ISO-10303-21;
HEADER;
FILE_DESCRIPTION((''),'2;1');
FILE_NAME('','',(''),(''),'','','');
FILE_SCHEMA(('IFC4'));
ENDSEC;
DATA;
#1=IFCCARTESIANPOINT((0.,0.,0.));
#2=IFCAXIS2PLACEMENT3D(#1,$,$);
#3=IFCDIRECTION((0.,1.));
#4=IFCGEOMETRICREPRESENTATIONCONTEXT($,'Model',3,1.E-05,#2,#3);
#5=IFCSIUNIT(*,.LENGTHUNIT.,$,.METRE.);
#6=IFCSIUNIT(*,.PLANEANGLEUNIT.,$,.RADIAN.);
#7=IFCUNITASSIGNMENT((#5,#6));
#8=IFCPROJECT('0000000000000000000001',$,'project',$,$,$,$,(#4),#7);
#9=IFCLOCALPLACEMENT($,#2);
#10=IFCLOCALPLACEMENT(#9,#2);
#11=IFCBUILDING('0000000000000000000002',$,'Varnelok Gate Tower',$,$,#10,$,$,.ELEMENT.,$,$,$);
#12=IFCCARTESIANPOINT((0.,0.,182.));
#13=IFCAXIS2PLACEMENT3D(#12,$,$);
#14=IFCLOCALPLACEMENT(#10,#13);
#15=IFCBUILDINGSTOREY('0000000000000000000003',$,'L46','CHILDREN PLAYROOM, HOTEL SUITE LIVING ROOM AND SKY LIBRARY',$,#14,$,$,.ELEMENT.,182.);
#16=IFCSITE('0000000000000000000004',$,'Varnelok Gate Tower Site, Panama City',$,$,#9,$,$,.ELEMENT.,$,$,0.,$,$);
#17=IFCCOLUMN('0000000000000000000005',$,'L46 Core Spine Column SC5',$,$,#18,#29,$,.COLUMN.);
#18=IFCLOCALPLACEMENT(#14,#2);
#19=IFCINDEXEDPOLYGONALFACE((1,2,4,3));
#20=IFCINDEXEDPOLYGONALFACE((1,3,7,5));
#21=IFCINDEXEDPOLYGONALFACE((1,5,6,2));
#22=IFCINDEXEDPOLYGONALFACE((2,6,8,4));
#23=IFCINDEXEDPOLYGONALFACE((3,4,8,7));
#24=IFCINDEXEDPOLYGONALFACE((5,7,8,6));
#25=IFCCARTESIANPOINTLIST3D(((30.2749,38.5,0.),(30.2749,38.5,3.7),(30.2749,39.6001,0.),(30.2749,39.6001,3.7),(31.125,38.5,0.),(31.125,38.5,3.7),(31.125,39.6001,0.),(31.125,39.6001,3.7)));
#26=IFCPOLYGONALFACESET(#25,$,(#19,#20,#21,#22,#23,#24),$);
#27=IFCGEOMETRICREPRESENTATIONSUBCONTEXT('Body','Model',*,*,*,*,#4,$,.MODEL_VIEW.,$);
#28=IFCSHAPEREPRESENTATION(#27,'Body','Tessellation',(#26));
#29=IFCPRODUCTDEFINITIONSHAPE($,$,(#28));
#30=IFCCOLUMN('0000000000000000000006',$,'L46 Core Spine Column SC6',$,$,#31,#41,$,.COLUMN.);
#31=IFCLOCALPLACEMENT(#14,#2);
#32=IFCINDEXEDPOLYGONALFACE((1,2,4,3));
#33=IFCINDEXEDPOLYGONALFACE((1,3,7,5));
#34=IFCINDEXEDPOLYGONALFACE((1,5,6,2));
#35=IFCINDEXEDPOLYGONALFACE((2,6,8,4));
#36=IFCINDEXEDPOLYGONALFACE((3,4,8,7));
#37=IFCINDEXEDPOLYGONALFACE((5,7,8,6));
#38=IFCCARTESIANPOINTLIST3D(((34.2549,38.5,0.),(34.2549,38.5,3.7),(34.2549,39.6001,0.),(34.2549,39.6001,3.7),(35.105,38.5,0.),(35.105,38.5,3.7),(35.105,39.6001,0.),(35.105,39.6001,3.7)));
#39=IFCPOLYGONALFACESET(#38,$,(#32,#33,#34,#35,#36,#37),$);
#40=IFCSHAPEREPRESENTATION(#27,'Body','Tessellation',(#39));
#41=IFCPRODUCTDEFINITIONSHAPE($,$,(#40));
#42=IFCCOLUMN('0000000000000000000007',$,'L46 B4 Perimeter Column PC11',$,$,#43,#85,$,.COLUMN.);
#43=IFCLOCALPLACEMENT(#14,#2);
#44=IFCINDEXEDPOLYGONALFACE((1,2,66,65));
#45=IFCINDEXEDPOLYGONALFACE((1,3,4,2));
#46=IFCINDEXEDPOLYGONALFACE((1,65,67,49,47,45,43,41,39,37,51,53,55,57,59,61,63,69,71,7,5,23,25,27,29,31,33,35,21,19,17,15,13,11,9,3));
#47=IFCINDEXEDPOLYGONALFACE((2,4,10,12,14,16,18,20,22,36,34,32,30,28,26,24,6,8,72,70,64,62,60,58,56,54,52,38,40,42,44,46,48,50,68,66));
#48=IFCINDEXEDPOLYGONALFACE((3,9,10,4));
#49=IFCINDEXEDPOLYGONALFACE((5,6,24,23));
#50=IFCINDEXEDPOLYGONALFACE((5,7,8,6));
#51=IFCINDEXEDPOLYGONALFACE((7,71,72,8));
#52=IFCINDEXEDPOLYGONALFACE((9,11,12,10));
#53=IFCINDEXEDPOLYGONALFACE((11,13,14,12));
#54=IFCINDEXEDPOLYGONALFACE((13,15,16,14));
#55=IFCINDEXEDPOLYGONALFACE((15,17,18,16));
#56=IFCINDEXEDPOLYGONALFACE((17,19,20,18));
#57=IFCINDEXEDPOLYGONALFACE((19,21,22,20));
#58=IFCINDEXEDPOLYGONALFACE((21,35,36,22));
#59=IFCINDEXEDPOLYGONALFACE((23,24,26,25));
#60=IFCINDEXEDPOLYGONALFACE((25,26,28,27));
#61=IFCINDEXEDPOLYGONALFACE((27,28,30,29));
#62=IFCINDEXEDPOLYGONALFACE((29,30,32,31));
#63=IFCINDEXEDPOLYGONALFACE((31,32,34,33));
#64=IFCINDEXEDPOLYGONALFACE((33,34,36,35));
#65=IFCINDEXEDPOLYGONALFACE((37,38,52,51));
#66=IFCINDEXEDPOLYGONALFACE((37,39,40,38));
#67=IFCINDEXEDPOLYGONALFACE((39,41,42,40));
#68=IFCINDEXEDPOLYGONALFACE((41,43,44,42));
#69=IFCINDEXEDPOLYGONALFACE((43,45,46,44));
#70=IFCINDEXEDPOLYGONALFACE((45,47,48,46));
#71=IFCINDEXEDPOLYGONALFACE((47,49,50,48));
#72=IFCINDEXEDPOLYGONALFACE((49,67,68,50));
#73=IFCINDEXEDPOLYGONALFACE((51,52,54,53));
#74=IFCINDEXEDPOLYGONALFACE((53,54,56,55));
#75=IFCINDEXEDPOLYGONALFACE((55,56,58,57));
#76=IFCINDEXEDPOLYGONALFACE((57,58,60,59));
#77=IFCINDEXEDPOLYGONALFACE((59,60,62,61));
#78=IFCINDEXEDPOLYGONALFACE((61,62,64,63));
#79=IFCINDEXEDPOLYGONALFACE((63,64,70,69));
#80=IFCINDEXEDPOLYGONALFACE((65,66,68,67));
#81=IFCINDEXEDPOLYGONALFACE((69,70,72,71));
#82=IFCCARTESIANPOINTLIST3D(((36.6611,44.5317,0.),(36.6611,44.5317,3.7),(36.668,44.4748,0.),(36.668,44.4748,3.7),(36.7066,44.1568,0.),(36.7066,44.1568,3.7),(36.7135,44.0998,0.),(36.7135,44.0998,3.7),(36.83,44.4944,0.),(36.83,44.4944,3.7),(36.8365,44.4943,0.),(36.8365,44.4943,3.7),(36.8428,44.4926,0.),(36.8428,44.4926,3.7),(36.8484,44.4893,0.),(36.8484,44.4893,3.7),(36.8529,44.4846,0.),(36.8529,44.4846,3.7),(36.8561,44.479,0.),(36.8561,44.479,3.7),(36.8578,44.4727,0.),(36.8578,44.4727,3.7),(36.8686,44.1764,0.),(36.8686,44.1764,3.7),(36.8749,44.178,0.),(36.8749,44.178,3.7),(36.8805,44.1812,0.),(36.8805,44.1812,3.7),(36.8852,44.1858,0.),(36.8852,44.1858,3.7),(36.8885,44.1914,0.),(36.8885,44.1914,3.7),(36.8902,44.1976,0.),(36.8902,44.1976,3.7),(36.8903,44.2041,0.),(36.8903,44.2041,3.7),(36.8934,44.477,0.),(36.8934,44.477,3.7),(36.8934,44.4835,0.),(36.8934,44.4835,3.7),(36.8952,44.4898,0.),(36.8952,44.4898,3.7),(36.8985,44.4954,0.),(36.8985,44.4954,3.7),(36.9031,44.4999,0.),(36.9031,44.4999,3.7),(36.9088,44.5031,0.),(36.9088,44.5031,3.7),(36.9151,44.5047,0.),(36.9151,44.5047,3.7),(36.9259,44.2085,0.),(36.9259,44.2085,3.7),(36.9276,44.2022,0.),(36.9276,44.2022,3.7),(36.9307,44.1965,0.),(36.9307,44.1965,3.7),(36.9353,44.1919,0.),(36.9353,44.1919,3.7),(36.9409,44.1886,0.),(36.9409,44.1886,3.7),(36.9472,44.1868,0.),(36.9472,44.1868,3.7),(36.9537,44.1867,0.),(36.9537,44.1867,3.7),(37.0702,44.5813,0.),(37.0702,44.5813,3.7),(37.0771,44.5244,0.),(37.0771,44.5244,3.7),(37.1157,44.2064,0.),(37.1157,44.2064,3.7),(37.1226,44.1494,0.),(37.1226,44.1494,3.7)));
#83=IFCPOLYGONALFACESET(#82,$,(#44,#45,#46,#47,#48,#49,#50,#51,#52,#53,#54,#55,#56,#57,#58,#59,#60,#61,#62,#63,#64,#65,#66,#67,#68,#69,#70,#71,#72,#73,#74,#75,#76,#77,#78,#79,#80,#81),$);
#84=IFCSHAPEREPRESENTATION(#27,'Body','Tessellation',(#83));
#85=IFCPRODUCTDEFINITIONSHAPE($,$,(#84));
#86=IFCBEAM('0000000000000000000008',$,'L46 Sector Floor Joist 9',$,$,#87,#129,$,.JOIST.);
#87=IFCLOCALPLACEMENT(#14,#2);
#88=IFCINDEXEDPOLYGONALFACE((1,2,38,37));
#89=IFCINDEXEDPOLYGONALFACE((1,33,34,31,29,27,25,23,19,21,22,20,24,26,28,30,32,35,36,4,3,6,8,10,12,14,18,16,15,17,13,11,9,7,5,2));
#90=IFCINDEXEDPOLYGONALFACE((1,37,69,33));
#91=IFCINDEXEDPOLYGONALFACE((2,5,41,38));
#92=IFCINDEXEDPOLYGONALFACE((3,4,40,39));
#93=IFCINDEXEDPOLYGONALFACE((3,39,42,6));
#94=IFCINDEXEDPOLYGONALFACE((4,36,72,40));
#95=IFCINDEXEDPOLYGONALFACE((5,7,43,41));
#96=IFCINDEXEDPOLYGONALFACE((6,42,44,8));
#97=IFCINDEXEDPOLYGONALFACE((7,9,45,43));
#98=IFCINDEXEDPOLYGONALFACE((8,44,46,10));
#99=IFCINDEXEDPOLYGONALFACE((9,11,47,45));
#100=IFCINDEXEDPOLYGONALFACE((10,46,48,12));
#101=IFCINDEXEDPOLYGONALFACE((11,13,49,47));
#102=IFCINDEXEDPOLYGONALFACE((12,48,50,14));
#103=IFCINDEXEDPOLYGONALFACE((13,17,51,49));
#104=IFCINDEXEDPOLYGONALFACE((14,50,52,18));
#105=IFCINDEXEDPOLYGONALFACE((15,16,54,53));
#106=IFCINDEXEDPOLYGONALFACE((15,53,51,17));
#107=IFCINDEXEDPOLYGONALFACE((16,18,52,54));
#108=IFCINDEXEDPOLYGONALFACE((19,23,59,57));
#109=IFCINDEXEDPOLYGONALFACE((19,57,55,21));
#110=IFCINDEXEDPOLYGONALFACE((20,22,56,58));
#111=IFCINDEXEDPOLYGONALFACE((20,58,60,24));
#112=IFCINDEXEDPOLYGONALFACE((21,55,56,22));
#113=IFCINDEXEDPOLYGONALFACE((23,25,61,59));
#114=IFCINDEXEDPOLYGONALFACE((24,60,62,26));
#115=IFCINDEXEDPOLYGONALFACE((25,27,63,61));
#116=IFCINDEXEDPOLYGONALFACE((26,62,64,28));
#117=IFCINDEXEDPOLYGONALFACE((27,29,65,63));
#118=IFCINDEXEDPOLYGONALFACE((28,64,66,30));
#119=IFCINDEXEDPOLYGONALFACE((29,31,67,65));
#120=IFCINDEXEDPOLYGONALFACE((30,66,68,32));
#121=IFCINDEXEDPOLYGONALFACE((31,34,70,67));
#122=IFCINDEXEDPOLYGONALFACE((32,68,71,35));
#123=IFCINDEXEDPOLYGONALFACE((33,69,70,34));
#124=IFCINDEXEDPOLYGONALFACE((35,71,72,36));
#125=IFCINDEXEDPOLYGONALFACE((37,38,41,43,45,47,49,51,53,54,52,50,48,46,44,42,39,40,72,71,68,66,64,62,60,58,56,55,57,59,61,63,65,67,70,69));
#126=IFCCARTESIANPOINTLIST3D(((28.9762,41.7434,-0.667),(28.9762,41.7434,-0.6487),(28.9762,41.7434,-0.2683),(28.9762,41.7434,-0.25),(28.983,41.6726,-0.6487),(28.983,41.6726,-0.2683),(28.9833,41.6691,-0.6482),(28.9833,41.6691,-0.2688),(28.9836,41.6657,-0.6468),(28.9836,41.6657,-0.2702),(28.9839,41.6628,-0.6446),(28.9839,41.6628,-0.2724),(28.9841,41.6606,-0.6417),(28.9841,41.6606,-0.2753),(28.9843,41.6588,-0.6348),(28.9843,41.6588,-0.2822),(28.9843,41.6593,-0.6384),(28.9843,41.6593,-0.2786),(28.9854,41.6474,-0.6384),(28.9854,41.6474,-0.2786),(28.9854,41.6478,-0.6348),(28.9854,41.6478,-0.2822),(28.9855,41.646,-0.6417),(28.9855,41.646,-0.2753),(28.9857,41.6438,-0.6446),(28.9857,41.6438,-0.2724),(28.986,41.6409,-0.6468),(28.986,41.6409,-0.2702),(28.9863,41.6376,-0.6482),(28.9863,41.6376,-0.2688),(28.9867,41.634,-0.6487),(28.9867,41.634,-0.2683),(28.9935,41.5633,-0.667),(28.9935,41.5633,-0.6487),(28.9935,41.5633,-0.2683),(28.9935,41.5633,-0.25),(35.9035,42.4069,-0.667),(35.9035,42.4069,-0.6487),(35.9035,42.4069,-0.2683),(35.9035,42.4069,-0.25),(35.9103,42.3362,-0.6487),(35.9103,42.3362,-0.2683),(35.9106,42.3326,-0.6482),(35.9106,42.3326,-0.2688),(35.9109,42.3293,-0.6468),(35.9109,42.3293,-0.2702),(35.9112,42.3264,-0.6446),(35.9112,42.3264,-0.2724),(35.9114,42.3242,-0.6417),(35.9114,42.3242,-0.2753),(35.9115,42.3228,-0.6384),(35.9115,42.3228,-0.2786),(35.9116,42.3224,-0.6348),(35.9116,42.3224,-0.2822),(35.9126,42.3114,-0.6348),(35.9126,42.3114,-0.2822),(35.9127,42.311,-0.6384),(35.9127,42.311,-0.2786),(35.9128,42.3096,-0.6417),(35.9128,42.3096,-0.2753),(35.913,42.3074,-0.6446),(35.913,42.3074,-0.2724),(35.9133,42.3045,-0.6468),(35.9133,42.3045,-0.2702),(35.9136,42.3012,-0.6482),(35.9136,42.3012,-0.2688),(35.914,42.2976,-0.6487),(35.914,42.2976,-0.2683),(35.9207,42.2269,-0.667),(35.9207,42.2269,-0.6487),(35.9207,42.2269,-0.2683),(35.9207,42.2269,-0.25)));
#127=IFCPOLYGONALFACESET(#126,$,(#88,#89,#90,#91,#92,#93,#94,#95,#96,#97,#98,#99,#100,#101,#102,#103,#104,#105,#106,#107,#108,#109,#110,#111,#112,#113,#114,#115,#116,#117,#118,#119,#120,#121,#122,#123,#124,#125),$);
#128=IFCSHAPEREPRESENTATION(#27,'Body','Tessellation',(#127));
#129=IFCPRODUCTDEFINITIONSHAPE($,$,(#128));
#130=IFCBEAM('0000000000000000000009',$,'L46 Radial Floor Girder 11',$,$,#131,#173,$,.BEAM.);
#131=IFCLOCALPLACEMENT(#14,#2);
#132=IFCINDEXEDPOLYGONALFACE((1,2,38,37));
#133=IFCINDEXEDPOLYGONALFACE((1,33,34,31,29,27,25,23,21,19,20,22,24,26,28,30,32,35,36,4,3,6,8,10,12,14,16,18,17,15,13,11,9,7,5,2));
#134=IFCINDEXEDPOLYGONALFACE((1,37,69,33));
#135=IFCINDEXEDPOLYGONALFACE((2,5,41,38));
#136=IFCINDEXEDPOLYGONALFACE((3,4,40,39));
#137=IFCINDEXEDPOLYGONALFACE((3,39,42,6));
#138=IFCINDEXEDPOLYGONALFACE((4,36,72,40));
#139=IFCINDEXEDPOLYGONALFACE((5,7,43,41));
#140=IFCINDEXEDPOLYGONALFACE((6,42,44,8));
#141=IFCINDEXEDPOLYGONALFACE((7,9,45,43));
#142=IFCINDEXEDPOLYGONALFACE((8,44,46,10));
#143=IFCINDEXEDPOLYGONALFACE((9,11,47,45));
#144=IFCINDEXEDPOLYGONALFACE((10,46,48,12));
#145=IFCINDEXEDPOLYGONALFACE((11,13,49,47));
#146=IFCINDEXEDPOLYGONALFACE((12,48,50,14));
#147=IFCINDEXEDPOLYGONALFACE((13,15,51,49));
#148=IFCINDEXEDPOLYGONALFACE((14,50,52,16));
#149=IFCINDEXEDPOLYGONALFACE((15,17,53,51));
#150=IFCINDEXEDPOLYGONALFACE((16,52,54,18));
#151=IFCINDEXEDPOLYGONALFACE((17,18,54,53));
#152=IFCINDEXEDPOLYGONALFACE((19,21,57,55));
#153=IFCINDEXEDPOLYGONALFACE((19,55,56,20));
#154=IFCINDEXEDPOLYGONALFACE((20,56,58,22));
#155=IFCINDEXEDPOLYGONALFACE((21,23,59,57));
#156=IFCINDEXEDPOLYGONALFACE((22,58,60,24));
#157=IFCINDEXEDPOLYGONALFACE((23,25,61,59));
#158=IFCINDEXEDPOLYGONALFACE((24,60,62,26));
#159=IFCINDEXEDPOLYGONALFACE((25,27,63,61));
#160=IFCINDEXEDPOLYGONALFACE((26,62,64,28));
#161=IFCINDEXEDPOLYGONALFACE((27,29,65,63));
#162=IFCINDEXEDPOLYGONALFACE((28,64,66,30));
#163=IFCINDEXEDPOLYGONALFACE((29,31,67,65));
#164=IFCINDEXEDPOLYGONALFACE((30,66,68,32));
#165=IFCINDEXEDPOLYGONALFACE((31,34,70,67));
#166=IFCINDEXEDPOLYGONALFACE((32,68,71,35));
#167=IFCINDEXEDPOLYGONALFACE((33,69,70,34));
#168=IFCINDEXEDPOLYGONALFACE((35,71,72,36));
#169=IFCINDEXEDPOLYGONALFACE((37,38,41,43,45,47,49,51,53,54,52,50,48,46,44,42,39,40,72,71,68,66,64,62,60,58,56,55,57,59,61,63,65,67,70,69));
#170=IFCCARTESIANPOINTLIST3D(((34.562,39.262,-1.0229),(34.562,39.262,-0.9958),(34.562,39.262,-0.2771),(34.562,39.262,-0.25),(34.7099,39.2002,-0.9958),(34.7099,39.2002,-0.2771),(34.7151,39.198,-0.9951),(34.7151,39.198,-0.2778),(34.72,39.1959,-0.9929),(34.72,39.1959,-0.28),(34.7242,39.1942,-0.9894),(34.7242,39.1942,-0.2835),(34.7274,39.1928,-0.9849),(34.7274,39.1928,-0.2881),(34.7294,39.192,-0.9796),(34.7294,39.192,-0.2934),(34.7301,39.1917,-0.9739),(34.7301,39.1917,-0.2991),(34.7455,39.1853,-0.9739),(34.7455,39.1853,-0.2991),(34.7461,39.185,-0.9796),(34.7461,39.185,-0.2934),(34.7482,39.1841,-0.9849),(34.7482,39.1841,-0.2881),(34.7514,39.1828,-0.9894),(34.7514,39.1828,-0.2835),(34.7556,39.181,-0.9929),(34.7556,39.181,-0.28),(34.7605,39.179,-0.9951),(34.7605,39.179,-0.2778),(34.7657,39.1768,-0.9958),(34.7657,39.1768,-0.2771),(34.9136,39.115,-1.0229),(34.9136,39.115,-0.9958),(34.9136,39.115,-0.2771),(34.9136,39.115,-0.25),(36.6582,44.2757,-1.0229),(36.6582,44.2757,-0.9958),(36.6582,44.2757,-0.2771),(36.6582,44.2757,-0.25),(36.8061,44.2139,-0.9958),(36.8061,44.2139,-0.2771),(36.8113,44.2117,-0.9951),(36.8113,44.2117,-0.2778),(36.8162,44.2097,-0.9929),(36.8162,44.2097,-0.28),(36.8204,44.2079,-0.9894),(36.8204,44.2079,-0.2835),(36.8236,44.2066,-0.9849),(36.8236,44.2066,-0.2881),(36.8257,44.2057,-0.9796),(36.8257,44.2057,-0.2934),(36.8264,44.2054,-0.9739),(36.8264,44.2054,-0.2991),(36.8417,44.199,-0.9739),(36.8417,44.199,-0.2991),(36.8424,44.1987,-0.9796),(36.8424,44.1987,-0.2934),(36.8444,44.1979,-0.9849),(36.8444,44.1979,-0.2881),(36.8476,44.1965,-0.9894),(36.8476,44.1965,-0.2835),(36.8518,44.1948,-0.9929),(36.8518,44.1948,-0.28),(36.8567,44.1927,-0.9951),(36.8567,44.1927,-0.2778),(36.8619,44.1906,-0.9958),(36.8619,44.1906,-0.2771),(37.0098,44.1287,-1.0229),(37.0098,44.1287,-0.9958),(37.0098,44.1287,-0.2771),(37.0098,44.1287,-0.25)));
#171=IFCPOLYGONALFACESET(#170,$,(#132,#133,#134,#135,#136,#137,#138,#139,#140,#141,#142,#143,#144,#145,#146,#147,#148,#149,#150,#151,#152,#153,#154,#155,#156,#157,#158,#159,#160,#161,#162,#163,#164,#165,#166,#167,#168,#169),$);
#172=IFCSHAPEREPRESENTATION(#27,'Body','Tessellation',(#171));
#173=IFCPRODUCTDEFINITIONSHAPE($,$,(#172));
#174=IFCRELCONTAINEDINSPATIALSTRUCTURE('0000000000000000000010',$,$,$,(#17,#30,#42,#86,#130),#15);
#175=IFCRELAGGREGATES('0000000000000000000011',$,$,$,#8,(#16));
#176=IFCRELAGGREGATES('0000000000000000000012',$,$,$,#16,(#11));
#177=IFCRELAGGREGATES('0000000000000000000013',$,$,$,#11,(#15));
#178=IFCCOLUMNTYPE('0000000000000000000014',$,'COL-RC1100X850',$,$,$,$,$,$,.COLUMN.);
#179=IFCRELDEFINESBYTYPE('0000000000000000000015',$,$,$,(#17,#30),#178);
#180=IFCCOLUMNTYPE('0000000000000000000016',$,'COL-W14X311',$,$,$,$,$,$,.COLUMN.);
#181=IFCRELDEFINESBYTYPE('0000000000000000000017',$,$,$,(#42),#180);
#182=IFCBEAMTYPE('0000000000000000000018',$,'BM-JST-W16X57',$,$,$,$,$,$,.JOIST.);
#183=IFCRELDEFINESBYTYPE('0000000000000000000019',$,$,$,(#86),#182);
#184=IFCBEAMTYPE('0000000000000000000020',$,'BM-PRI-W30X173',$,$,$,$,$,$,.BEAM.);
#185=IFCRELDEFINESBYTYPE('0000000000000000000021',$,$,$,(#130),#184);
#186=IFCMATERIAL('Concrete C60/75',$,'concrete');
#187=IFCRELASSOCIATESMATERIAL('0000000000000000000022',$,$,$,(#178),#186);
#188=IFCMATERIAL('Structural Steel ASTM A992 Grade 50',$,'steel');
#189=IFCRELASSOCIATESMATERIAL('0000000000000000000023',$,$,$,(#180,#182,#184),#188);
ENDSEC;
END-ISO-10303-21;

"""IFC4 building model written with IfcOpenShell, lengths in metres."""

from ifc_helpers import new_model, si_unit, direction, frame, origin, origin_2d, place, context, subcontext, project, spatial, rectangle, i_section, extrude, material, material_profile, profile_set, type_object, element, save


model = new_model("IFC4")

# Units and contexts
model_context = context("Model", 3, precision=1e-05, world=origin(), true_north=direction((0.0, 1.0)))
body_context = subcontext(model_context, "Body", "Model", "MODEL_VIEW")
ifc_project = project(units=[si_unit("LENGTHUNIT", "METRE"), si_unit("PLANEANGLEUNIT", "RADIAN")], contexts=[model_context])

# Site, building, storey
site_placement = place(None, origin())
site = spatial("IfcSite", under=ifc_project, at=site_placement, Name="Varnelok Gate Tower Site, Panama City", CompositionType="ELEMENT", RefElevation=0.0)
building_placement = place(site_placement, origin())
building = spatial("IfcBuilding", under=site, at=building_placement, Name="Varnelok Gate Tower", CompositionType="ELEMENT")
storey_placement = place(building_placement, frame((0.0, 0.0, 182.0)))
storey = spatial("IfcBuildingStorey", under=building, at=storey_placement, Name="L46", Description="CHILDREN PLAYROOM, HOTEL SUITE LIVING ROOM AND SKY LIBRARY", CompositionType="ELEMENT", Elevation=182.0)

# Columns
ifc_material_1 = material(Name="Concrete C60/75", Category="concrete")
ifc_material_profile_1 = material_profile(ifc_material_1, rectangle(XDim=0.8501, YDim=1.1001, at=origin_2d()), Name="RC1100X850")
ifc_profile_set_1 = profile_set([ifc_material_profile_1], Name="Concrete C60/75")
column_type_1 = type_object("IfcColumnType", Name="COL-RC1100X850", PredefinedType="COLUMN", material=ifc_profile_set_1)
for number, where, z_axis, x_axis, name in (
    (1, (30.7, 39.05, 0.0), (0.0, 0.0, 1.0), (1.0, 0.0, 0.0), "L46 Core Spine Column SC5"),
    (2, (34.6799, 39.05, 0.0), (0.0, 0.0, 1.0), (1.0, 0.0, 0.0), "L46 Core Spine Column SC6"),
):
    element("IfcColumn", number, at=place(storey_placement, frame(where, z_axis=z_axis, x_axis=x_axis)), inside=storey, type_object=column_type_1, Name=name, PredefinedType="COLUMN", context=body_context, shape_type="SweptSolid", body=[
        extrude(rectangle(XDim=0.8501, YDim=1.1001, at=origin_2d()), origin(), (0.0, 0.0, 1.0), 3.7),
    ])
ifc_material_2 = material(Name="Structural Steel ASTM A992 Grade 50", Category="steel")
ifc_material_profile_2 = material_profile(ifc_material_2, i_section(OverallWidth=0.4121, OverallDepth=0.4351, WebThickness=0.0359, FlangeThickness=0.0574, FilletRadius=0.0249, at=origin_2d()), Name="W14X311")
ifc_profile_set_2 = profile_set([ifc_material_profile_2], Name="Structural Steel ASTM A992 Grade 50")
column_type_2 = type_object("IfcColumnType", Name="COL-W14X311", PredefinedType="COLUMN", material=ifc_profile_set_2)
column_placement = place(storey_placement, frame((36.8918, 44.3406, 0.0), z_axis=(0.0, 0.0, 1.0), x_axis=(0.992732, 0.120345, 0.0)))
element("IfcColumn", 3, at=column_placement, inside=storey, type_object=column_type_2, Name="L46 B4 Perimeter Column PC11", PredefinedType="COLUMN", context=body_context, shape_type="SweptSolid", body=[
    extrude(i_section(OverallWidth=0.4121, OverallDepth=0.4351, WebThickness=0.0359, FlangeThickness=0.0574, FilletRadius=0.0249, at=origin_2d()), origin(), (0.0, 0.0, 1.0), 3.7),
])

# Beams
ifc_material_profile_3 = material_profile(ifc_material_2, i_section(OverallWidth=0.1809, OverallDepth=0.417, WebThickness=0.011, FlangeThickness=0.0183, FilletRadius=0.0139, at=origin_2d()), Name="W16X57")
ifc_profile_set_3 = profile_set([ifc_material_profile_3], Name="Structural Steel ASTM A992 Grade 50")
beam_type_1 = type_object("IfcBeamType", Name="BM-JST-W16X57", PredefinedType="JOIST", material=ifc_profile_set_3)
beam_1_placement = place(storey_placement, frame((35.9121, 42.3169, -0.4585), z_axis=(-0.995443, -0.095355, 0.0), x_axis=(0.095355, -0.995443, 0.0)))
element("IfcBeam", 4, at=beam_1_placement, inside=storey, type_object=beam_type_1, Name="L46 Sector Floor Joist 9", PredefinedType="JOIST", context=body_context, shape_type="SweptSolid", body=[
    extrude(i_section(OverallWidth=0.1809, OverallDepth=0.417, WebThickness=0.011, FlangeThickness=0.0183, FilletRadius=0.0139, at=origin_2d()), origin(), (0.0, 0.0, 1.0), 6.959),
])
ifc_material_profile_4 = material_profile(ifc_material_2, i_section(OverallWidth=0.3811, OverallDepth=0.7729, WebThickness=0.0166, FlangeThickness=0.0271, FilletRadius=0.022, at=origin_2d()), Name="W30X173")
ifc_profile_set_4 = profile_set([ifc_material_profile_4], Name="Structural Steel ASTM A992 Grade 50")
beam_type_2 = type_object("IfcBeamType", Name="BM-PRI-W30X173", PredefinedType="BEAM", material=ifc_profile_set_4)
beam_2_placement = place(storey_placement, frame((34.7378, 39.1885, -0.6365), z_axis=(0.385738, 0.922608, 0.0), x_axis=(-0.922608, 0.385738, 0.0)))
element("IfcBeam", 5, at=beam_2_placement, inside=storey, type_object=beam_type_2, Name="L46 Radial Floor Girder 11", PredefinedType="BEAM", context=body_context, shape_type="SweptSolid", body=[
    extrude(i_section(OverallWidth=0.3811, OverallDepth=0.7729, WebThickness=0.0166, FlangeThickness=0.0271, FilletRadius=0.022, at=origin_2d()), origin(), (0.0, 0.0, 1.0), 5.4343),
])

save(model, "model.ifc")
